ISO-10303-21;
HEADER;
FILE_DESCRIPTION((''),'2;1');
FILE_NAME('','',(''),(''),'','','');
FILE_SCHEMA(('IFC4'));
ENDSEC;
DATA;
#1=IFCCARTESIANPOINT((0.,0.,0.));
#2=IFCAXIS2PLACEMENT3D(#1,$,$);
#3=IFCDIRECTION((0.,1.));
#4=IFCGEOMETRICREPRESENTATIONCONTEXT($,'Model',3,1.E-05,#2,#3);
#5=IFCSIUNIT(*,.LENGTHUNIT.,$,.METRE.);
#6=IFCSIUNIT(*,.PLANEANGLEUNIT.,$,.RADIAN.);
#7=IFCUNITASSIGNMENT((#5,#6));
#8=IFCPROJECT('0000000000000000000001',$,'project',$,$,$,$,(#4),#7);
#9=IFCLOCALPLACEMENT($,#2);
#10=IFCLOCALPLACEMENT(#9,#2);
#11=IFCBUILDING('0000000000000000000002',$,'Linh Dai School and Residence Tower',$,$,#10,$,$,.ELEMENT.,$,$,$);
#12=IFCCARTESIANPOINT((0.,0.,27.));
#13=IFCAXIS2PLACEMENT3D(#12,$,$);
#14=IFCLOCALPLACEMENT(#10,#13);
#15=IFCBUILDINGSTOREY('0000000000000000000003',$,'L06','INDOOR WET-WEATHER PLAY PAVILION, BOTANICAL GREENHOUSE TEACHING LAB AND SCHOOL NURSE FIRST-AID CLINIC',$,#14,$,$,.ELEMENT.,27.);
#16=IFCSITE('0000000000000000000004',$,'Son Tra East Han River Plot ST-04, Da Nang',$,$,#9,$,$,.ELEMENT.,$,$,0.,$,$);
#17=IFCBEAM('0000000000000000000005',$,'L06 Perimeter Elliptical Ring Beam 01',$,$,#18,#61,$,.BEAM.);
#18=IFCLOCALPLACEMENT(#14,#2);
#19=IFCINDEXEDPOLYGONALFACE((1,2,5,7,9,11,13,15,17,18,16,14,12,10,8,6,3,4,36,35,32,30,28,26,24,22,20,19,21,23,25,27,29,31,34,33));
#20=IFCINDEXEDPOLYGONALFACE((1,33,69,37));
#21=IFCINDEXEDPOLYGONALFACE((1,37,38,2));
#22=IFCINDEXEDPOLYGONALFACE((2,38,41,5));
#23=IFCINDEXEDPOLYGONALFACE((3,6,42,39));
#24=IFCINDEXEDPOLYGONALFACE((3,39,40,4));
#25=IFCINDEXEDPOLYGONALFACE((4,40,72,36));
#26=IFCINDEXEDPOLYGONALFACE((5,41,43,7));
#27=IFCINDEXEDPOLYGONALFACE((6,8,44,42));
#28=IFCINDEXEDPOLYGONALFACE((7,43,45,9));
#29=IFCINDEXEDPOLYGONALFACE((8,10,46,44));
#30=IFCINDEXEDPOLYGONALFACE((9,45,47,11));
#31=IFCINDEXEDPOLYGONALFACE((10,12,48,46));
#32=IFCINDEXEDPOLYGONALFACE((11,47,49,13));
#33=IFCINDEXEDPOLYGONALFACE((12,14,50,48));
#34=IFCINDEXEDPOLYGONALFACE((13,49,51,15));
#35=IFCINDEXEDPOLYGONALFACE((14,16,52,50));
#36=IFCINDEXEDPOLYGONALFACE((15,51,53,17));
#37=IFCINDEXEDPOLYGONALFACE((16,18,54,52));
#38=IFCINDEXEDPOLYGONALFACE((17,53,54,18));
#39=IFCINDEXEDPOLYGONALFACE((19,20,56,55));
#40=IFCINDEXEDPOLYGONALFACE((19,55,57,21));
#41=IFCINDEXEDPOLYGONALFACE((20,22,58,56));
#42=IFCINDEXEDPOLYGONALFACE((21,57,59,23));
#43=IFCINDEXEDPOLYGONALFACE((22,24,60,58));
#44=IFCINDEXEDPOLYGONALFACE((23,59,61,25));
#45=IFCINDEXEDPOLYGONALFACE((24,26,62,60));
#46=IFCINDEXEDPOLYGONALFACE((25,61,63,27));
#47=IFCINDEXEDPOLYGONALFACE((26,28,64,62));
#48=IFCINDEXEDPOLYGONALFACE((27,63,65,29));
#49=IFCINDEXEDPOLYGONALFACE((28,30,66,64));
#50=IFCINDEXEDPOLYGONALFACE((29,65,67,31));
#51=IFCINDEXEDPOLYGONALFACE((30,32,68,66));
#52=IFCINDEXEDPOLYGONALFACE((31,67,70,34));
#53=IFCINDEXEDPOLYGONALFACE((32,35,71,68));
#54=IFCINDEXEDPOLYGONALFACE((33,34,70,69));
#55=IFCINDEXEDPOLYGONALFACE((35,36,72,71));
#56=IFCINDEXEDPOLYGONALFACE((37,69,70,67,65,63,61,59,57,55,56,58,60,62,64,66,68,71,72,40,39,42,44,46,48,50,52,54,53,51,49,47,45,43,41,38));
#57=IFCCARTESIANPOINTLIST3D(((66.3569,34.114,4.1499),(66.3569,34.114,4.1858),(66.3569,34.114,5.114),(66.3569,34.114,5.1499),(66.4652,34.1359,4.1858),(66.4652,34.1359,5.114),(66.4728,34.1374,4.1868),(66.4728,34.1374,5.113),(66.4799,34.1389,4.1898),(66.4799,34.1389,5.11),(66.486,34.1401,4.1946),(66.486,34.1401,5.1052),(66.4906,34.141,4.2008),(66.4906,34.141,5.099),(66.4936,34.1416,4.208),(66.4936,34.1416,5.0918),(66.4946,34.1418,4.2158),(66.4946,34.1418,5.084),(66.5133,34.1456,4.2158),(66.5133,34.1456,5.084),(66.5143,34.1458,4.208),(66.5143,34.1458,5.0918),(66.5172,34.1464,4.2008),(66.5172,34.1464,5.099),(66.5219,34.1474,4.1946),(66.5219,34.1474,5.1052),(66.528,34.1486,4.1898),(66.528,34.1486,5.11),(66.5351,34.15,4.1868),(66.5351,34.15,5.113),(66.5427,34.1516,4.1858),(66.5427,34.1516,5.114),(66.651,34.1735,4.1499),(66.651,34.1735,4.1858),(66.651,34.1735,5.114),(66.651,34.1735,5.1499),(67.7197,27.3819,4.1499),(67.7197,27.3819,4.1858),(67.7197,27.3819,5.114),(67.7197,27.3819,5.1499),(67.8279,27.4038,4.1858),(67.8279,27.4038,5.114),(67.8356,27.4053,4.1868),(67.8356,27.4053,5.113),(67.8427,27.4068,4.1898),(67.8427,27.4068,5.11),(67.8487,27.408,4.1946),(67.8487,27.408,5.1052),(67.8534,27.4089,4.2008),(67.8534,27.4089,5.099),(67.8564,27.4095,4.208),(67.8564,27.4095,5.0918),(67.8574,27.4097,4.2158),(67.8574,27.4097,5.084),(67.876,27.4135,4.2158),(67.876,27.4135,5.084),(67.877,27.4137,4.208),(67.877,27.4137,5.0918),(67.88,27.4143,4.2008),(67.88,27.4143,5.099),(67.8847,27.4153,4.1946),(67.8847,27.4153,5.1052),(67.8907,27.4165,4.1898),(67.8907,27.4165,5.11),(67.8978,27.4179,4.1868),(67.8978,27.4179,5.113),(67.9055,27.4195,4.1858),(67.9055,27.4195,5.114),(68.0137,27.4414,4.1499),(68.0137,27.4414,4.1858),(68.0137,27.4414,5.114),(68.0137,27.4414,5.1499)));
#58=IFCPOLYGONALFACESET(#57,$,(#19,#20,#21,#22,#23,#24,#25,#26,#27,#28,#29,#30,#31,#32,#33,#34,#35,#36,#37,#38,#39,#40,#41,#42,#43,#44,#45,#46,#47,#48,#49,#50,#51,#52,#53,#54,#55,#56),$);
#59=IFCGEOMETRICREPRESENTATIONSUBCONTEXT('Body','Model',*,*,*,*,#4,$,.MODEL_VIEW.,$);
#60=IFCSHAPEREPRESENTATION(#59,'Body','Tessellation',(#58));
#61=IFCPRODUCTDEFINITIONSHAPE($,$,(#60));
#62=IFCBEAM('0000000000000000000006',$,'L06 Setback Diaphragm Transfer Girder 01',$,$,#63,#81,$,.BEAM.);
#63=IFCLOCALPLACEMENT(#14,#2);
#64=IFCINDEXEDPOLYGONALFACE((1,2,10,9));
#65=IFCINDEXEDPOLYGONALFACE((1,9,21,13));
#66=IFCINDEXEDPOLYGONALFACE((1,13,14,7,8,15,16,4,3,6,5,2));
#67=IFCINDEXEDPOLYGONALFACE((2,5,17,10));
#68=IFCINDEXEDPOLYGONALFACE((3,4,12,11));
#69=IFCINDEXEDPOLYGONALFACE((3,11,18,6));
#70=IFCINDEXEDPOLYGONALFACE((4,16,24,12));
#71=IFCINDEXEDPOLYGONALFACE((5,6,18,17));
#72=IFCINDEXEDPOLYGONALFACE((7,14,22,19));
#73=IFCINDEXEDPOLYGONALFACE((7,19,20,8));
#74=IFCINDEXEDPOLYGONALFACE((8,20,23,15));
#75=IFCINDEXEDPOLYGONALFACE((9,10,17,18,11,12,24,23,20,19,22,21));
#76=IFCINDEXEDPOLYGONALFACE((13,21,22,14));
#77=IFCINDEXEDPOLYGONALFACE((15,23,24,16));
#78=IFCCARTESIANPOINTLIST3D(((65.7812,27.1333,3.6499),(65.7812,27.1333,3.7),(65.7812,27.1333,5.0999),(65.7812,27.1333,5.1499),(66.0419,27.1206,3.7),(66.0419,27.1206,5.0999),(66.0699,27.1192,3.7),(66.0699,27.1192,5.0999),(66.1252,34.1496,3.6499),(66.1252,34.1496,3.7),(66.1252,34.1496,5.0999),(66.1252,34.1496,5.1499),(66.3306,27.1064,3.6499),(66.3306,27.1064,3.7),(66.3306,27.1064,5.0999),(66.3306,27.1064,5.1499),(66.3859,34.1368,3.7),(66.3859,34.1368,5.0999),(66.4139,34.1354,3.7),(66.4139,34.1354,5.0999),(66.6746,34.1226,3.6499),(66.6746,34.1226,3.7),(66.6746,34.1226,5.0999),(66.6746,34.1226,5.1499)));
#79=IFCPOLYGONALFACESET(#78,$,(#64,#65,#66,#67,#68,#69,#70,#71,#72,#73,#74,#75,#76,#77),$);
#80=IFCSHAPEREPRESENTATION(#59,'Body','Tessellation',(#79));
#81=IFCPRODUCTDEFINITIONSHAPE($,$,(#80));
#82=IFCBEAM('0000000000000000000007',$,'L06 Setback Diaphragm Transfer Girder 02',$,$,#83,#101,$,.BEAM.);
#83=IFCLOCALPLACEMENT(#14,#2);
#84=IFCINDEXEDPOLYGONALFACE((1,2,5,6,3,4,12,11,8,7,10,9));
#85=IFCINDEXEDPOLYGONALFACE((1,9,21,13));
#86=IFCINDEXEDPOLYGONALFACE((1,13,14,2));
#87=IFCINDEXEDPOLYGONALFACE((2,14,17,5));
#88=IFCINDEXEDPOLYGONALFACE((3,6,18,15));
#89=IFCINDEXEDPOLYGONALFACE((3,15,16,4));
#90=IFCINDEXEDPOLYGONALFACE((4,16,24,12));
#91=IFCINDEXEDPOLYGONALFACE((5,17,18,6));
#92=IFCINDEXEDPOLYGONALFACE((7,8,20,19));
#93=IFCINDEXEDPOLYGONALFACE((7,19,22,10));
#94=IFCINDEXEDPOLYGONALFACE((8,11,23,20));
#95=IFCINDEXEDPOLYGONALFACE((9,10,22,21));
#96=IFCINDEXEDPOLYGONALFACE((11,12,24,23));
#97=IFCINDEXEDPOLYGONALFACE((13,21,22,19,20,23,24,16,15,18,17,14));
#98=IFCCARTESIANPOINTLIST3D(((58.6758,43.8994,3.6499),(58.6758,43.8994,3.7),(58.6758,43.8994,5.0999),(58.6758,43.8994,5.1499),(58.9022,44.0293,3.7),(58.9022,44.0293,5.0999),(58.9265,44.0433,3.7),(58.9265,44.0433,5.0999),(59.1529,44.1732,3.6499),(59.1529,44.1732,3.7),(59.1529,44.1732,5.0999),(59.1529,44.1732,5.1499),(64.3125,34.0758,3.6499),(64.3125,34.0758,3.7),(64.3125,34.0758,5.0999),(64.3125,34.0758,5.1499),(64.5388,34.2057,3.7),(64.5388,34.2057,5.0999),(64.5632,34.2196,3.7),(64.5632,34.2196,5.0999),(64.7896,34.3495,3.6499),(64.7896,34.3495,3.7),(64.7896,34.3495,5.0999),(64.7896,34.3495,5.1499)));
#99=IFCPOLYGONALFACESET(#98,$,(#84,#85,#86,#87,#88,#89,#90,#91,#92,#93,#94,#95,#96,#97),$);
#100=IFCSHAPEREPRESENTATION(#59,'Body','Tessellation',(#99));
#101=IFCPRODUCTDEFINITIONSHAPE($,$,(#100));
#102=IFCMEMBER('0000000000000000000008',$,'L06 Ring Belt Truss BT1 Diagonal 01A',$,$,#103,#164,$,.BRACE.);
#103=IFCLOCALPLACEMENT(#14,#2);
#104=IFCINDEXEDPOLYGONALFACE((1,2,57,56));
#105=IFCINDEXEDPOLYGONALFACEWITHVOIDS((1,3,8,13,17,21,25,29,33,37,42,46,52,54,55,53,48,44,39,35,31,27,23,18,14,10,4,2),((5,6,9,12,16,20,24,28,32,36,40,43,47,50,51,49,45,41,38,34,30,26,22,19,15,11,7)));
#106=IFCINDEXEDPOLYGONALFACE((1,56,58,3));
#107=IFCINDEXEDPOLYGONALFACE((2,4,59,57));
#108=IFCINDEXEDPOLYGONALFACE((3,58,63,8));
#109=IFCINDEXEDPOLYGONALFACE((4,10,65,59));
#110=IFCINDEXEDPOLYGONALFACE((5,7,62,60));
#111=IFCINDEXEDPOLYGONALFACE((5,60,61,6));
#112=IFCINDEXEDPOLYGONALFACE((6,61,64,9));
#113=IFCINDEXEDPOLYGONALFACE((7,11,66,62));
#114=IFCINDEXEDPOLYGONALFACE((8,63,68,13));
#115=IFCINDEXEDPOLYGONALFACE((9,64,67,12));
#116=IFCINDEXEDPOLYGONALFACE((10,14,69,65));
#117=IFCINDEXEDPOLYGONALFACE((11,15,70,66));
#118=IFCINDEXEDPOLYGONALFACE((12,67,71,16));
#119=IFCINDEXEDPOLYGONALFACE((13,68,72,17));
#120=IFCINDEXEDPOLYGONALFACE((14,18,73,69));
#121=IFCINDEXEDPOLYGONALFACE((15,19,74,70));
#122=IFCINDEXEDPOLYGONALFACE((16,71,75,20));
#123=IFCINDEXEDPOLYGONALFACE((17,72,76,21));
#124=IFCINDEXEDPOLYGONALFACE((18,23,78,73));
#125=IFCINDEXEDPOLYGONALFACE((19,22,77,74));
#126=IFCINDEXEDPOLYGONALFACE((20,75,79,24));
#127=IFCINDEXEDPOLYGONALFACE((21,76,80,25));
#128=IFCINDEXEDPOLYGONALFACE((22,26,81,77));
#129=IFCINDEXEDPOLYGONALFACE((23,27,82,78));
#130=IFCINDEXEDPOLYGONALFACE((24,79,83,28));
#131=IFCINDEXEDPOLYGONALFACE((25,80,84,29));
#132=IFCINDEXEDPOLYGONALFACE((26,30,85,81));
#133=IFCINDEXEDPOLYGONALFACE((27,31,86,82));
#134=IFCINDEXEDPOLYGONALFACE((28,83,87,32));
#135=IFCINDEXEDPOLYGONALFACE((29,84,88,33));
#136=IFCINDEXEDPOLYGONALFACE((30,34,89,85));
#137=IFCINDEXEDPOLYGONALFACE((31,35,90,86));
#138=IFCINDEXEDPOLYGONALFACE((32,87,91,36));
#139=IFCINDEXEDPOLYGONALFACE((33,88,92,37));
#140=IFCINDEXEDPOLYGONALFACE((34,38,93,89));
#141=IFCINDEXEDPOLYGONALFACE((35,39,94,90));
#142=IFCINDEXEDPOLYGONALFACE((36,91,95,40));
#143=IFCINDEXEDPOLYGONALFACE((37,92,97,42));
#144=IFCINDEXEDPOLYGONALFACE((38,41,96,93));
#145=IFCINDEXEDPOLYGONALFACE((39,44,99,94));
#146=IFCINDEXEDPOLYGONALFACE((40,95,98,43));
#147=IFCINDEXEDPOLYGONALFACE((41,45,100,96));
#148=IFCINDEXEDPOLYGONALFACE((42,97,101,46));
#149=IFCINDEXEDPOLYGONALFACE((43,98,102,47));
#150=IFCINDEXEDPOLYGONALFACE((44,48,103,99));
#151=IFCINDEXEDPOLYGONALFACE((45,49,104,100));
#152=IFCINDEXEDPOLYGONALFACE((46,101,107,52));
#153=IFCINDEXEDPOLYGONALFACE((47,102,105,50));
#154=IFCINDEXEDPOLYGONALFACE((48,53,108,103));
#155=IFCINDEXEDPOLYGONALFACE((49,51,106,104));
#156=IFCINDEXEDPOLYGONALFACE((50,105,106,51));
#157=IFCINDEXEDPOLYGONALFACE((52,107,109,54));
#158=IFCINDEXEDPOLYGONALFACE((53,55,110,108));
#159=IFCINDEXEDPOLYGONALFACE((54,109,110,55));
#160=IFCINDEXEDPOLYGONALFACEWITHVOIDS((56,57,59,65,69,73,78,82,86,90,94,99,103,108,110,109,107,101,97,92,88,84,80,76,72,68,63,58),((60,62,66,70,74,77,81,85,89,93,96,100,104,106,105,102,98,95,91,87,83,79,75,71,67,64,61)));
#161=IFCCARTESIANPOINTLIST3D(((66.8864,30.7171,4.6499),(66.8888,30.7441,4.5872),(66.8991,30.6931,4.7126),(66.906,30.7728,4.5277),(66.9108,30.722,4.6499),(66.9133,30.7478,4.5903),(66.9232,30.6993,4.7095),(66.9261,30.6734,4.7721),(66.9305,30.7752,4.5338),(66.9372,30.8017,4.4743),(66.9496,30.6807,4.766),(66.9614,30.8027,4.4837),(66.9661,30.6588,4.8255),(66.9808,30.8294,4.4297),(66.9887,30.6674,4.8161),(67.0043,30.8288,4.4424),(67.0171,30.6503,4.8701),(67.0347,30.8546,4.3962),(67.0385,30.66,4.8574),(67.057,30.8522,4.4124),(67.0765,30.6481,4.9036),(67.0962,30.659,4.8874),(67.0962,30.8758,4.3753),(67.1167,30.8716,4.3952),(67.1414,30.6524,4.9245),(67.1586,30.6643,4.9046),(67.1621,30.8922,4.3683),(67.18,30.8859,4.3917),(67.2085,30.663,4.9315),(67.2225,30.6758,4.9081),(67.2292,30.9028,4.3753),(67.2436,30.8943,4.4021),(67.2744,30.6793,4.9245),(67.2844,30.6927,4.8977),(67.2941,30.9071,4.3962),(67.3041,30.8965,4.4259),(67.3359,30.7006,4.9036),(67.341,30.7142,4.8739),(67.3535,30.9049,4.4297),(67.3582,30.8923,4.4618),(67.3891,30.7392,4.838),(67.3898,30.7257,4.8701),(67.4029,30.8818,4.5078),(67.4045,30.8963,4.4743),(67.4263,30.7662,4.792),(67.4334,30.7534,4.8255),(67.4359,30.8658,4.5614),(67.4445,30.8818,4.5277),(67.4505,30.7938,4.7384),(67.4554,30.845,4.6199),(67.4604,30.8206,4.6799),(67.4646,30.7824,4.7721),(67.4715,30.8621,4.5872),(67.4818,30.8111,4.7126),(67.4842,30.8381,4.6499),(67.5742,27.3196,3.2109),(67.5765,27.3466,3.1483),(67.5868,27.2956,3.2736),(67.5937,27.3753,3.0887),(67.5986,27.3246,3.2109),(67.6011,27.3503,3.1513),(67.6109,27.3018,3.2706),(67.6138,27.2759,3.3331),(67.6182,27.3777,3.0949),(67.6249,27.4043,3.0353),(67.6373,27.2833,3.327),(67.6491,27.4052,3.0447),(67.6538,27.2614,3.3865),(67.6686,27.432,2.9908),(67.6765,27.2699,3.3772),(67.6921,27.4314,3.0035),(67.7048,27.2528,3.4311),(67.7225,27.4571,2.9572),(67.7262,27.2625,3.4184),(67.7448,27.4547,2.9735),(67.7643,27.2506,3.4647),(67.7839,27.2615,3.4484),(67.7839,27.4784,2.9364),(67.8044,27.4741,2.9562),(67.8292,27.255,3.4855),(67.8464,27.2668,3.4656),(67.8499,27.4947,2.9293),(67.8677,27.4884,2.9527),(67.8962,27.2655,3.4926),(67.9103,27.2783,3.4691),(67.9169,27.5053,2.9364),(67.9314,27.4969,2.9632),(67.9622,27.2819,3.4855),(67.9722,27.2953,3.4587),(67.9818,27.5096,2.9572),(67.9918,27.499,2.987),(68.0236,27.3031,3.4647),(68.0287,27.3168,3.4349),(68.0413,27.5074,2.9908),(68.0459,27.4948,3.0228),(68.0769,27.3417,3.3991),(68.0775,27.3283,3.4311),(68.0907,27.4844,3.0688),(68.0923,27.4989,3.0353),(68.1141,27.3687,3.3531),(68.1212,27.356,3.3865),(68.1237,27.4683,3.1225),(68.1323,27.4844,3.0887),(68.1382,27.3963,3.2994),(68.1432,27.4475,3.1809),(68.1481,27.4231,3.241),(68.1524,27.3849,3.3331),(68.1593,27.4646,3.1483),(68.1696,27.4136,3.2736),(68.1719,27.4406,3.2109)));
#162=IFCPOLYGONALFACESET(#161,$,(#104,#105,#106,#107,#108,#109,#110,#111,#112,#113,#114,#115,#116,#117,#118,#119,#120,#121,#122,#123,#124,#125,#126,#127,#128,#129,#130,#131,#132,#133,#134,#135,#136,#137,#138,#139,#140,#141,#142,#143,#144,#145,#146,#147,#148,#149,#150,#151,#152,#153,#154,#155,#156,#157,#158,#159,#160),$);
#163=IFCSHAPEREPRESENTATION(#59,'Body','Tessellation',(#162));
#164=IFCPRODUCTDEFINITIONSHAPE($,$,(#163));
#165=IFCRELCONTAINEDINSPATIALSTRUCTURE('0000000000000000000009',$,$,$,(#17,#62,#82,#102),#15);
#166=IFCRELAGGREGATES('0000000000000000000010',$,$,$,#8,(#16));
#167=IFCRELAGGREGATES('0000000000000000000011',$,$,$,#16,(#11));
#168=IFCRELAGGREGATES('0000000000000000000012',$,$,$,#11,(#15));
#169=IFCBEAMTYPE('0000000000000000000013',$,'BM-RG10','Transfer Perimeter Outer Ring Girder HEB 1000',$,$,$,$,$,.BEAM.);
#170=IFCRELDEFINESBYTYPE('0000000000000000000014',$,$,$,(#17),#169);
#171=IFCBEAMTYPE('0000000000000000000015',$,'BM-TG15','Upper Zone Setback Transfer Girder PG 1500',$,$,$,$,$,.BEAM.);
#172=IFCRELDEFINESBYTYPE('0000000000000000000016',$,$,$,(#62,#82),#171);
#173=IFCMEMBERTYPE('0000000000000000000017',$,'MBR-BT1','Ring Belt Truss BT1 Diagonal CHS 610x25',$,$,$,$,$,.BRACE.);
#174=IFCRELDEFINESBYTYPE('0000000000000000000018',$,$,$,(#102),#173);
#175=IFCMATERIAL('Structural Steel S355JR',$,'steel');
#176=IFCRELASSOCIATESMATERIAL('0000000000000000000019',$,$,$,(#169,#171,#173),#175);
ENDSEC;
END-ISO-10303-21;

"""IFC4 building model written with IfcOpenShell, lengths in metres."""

from ifc_helpers import new_model, si_unit, direction, frame, origin, origin_2d, place, context, subcontext, project, spatial, hollow_circle, i_section, extrude, material, material_profile, profile_set, type_object, element, save


model = new_model("IFC4")

# Units and contexts
model_context = context("Model", 3, precision=1e-05, world=origin(), true_north=direction((0.0, 1.0)))
body_context = subcontext(model_context, "Body", "Model", "MODEL_VIEW")
ifc_project = project(units=[si_unit("LENGTHUNIT", "METRE"), si_unit("PLANEANGLEUNIT", "RADIAN")], contexts=[model_context])

# Site, building, storey
site_placement = place(None, origin())
site = spatial("IfcSite", under=ifc_project, at=site_placement, Name="Son Tra East Han River Plot ST-04, Da Nang", CompositionType="ELEMENT", RefElevation=0.0)
building_placement = place(site_placement, origin())
building = spatial("IfcBuilding", under=site, at=building_placement, Name="Linh Dai School and Residence Tower", CompositionType="ELEMENT")
storey_placement = place(building_placement, frame((0.0, 0.0, 27.0)))
storey = spatial("IfcBuildingStorey", under=building, at=storey_placement, Name="L06", Description="INDOOR WET-WEATHER PLAY PAVILION, BOTANICAL GREENHOUSE TEACHING LAB AND SCHOOL NURSE FIRST-AID CLINIC", CompositionType="ELEMENT", Elevation=27.0)

# Shared definitions
ifc_material_1 = material(Name="Structural Steel S355JR", Category="steel")

# Beams
ifc_material_profile_1 = material_profile(ifc_material_1, i_section(OverallWidth=0.3, OverallDepth=1.0, WebThickness=0.019, FlangeThickness=0.0359, FilletRadius=0.03, at=origin_2d()), Name="HEB 1000")
ifc_profile_set_1 = profile_set([ifc_material_profile_1], Name="Structural Steel S355JR")
beam_type_1 = type_object("IfcBeamType", Name="BM-RG10", Description="Transfer Perimeter Outer Ring Girder HEB 1000", PredefinedType="BEAM", material=ifc_profile_set_1)
beam_1_placement = place(storey_placement, frame((67.8667, 27.4116, 4.6499), z_axis=(-0.198405, 0.98012, 0.0), x_axis=(-0.98012, -0.198405, 0.0)))
element("IfcBeam", 1, at=beam_1_placement, inside=storey, type_object=beam_type_1, Name="L06 Perimeter Elliptical Ring Beam 01", PredefinedType="BEAM", context=body_context, shape_type="SweptSolid", body=[
    extrude(i_section(OverallWidth=0.3, OverallDepth=1.0, WebThickness=0.019, FlangeThickness=0.0359, FilletRadius=0.03, at=origin_2d()), origin(), (0.0, 0.0, 1.0), 6.8687),
])
ifc_material_profile_2 = material_profile(ifc_material_1, i_section(OverallWidth=0.55, OverallDepth=1.5, WebThickness=0.0281, FlangeThickness=0.05, at=origin_2d()), Name="PG 1500x550x28x50")
ifc_profile_set_2 = profile_set([ifc_material_profile_2], Name="Structural Steel S355JR")
beam_type_2 = type_object("IfcBeamType", Name="BM-TG15", Description="Upper Zone Setback Transfer Girder PG 1500", PredefinedType="BEAM", material=ifc_profile_set_2)
beam_2_placement = place(storey_placement, frame((66.0559, 27.1199, 4.3999), z_axis=(0.04897, 0.9988, 0.0), x_axis=(-0.9988, 0.04897, 0.0)))
element("IfcBeam", 2, at=beam_2_placement, inside=storey, type_object=beam_type_2, Name="L06 Setback Diaphragm Transfer Girder 01", PredefinedType="BEAM", context=body_context, shape_type="SweptSolid", body=[
    extrude(i_section(OverallWidth=0.55, OverallDepth=1.5, WebThickness=0.0281, FlangeThickness=0.05, at=origin_2d()), origin(), (0.0, 0.0, 1.0), 7.0247),
])
beam_3_placement = place(storey_placement, frame((64.551, 34.2126, 4.3999), z_axis=(-0.49768, 0.867361, 0.0), x_axis=(-0.867361, -0.49768, 0.0)))
element("IfcBeam", 3, at=beam_3_placement, inside=storey, type_object=beam_type_2, Name="L06 Setback Diaphragm Transfer Girder 02", PredefinedType="BEAM", context=body_context, shape_type="SweptSolid", body=[
    extrude(i_section(OverallWidth=0.55, OverallDepth=1.5, WebThickness=0.0281, FlangeThickness=0.05, at=origin_2d()), origin(), (0.0, 0.0, 1.0), 11.3259),
])

# Member
ifc_material_profile_3 = material_profile(ifc_material_1, hollow_circle(Radius=0.3049, WallThickness=0.0249, at=origin_2d()), Name="CHS 610x25")
ifc_profile_set_3 = profile_set([ifc_material_profile_3], Name="Structural Steel S355JR")
member_type = type_object("IfcMemberType", Name="MBR-BT1", Description="Ring Belt Truss BT1 Diagonal CHS 610x25", PredefinedType="BRACE", material=ifc_profile_set_3)
member_1_placement = place(storey_placement, frame((67.873, 27.3801, 3.2109), z_axis=(-0.183243, 0.905222, 0.383399), x_axis=(-0.98012, -0.198405, 0.0)))
element("IfcMember", 4, at=member_1_placement, inside=storey, type_object=member_type, Name="L06 Ring Belt Truss BT1 Diagonal 01A", PredefinedType="BRACE", context=body_context, shape_type="SweptSolid", body=[
    extrude(hollow_circle(Radius=0.3049, WallThickness=0.0249, at=origin_2d()), origin(), (0.0, 0.0, 1.0), 3.7532),
])

save(model, "model.ifc")
